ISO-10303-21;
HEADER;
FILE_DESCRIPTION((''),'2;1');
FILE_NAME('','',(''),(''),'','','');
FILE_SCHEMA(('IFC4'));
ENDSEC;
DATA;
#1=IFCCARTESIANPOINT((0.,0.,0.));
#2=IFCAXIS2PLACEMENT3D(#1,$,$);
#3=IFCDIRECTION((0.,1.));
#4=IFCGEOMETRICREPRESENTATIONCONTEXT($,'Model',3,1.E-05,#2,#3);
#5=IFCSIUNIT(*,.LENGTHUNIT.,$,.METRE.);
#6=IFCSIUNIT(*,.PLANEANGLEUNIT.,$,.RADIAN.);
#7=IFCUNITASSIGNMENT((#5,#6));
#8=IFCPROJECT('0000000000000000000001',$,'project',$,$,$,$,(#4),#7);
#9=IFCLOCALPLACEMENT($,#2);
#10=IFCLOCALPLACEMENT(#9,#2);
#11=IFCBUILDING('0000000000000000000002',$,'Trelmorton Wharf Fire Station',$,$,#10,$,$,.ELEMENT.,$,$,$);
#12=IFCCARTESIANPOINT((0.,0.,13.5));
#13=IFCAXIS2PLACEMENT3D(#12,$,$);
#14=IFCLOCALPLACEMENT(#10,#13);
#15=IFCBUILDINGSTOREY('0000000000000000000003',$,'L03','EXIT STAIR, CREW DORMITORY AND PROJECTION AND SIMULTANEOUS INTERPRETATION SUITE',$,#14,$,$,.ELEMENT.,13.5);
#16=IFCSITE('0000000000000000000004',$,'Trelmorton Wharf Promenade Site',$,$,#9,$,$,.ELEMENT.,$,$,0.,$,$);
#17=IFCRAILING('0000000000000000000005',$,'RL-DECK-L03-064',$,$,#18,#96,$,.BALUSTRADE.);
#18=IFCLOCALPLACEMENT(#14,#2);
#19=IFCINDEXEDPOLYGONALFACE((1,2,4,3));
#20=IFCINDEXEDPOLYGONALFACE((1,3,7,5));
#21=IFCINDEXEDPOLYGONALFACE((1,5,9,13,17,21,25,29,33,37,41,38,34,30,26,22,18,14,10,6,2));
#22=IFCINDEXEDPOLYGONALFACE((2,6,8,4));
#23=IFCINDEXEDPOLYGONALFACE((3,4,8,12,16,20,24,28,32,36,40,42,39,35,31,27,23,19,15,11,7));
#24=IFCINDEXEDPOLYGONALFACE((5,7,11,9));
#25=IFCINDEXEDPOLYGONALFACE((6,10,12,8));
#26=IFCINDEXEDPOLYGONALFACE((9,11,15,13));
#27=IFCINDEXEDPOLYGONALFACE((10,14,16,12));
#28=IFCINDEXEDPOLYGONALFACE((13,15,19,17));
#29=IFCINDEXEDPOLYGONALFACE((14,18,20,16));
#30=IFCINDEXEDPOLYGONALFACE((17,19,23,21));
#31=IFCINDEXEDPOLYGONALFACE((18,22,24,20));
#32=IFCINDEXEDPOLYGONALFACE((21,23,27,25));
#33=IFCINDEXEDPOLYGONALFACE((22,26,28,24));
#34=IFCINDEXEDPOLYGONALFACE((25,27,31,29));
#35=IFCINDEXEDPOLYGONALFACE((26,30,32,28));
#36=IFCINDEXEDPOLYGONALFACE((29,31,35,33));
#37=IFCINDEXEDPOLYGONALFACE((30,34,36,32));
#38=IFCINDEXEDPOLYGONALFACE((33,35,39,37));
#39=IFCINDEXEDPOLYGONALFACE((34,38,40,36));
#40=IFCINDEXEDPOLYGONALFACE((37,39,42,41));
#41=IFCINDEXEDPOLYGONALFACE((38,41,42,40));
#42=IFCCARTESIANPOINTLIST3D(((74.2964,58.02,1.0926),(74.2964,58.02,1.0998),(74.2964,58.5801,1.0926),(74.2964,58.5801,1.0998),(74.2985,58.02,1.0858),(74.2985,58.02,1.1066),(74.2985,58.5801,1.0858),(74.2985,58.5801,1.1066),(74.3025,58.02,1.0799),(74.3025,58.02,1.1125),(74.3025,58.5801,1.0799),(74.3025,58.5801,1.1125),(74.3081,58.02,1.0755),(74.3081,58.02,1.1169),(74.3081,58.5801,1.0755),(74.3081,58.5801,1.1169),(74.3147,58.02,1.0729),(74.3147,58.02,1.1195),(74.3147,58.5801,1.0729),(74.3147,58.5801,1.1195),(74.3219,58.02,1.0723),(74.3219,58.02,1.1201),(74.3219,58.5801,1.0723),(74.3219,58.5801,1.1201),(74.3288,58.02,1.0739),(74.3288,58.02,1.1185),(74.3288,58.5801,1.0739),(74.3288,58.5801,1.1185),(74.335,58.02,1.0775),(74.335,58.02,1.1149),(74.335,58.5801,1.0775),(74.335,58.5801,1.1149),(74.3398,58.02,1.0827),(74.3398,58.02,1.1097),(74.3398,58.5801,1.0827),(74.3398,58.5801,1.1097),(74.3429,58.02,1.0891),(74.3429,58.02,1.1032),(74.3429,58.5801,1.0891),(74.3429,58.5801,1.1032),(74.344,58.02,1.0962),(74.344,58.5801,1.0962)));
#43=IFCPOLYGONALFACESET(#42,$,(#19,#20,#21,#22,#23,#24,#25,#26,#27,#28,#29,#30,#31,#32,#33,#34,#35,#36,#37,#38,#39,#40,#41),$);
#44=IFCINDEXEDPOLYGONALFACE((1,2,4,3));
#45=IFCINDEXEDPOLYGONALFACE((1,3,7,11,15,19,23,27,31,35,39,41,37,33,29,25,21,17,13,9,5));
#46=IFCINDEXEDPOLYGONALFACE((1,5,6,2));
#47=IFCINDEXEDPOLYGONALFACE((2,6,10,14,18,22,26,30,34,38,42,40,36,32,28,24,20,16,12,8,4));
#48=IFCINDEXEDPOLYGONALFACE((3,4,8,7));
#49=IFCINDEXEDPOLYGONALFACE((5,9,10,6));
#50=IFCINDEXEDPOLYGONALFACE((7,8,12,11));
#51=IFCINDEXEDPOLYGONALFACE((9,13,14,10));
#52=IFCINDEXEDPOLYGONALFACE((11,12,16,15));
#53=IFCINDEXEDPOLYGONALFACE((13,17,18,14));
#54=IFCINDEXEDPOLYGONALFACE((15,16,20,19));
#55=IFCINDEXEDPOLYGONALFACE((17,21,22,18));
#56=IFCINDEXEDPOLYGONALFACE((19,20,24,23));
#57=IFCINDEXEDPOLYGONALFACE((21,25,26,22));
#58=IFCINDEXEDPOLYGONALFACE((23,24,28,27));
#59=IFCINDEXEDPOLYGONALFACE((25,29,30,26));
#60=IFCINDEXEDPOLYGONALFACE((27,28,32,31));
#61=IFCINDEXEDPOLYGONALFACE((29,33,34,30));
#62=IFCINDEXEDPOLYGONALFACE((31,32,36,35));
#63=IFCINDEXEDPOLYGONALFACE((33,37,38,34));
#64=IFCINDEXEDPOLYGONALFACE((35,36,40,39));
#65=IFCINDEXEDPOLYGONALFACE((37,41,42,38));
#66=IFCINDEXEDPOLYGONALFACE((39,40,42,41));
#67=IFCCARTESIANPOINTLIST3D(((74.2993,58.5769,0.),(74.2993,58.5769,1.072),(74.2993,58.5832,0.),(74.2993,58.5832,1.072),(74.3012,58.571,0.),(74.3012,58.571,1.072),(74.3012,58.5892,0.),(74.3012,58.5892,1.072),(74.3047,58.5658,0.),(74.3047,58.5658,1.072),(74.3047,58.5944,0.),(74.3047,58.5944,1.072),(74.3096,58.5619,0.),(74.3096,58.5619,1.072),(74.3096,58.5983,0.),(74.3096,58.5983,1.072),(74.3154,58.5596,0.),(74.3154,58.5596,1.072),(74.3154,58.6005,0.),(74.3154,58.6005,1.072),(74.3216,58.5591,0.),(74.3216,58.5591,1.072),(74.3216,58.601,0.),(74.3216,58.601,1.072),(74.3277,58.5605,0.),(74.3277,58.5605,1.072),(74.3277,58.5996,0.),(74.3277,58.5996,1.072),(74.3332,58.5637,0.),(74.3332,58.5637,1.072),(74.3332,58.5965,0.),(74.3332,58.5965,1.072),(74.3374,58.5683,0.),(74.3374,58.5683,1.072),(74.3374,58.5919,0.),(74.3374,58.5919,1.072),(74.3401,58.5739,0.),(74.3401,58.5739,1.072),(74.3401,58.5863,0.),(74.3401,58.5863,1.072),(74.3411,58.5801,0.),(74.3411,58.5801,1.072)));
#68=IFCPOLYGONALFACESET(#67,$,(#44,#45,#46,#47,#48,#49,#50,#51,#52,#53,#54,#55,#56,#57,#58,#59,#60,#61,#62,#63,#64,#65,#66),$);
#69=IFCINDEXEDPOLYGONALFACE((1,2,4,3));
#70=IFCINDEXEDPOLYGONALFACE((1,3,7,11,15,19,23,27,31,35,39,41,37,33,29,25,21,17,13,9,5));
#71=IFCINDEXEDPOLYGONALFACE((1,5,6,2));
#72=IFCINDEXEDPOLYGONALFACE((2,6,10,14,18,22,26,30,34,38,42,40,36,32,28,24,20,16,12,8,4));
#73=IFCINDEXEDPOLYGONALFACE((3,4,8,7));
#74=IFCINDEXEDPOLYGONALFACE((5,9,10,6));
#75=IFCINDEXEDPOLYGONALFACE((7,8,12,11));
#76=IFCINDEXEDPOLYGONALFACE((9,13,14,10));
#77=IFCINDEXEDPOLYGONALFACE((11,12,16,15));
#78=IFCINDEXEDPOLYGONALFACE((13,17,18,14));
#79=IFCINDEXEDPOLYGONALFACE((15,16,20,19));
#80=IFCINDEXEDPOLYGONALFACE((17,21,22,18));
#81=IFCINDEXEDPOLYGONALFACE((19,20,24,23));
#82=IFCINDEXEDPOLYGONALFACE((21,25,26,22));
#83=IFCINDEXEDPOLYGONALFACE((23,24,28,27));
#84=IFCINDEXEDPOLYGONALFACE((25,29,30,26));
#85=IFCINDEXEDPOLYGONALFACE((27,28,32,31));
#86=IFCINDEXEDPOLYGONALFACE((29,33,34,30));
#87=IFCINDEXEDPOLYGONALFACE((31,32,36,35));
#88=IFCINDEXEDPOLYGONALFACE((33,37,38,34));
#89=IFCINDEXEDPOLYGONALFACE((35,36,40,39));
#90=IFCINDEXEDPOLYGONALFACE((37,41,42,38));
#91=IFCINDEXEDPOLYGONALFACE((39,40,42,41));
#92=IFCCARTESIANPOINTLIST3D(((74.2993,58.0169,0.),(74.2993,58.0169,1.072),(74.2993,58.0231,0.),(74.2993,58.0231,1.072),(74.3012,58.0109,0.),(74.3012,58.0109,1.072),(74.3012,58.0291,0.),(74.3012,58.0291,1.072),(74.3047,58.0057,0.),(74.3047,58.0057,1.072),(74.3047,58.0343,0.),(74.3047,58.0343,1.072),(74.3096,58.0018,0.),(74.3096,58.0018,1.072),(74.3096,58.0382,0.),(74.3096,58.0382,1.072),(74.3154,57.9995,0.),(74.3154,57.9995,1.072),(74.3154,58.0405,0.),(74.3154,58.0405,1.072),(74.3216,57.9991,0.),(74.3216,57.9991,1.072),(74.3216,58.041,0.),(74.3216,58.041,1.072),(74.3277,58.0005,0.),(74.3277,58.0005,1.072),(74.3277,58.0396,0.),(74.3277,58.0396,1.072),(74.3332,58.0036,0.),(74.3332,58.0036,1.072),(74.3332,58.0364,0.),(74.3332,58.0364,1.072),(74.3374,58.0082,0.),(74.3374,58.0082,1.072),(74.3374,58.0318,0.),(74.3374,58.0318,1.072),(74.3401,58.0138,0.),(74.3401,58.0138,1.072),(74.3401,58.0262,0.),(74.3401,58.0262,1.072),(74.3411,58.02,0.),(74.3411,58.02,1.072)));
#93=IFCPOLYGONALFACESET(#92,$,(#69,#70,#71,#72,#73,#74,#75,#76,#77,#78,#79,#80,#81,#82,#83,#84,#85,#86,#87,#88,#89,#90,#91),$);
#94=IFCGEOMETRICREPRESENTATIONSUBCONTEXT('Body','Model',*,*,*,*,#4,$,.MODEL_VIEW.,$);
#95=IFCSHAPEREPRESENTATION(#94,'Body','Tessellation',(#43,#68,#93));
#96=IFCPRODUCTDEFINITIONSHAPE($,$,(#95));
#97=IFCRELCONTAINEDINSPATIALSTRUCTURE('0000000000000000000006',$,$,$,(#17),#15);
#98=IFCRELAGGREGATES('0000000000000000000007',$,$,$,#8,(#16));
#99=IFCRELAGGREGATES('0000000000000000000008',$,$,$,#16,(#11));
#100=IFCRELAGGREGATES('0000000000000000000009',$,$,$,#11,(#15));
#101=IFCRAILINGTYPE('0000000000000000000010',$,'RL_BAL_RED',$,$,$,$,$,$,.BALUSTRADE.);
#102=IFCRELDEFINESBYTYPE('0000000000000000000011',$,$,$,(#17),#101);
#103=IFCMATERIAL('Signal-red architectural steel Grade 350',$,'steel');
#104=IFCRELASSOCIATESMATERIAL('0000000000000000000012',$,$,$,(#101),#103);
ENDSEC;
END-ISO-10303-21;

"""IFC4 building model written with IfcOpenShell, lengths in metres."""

from ifc_helpers import new_model, si_unit, direction, frame, origin, origin_2d, place, context, subcontext, project, spatial, circle, extrude, material, type_object, element, save


model = new_model("IFC4")

# Units and contexts
model_context = context("Model", 3, precision=1e-05, world=origin(), true_north=direction((0.0, 1.0)))
body_context = subcontext(model_context, "Body", "Model", "MODEL_VIEW")
ifc_project = project(units=[si_unit("LENGTHUNIT", "METRE"), si_unit("PLANEANGLEUNIT", "RADIAN")], contexts=[model_context])

# Site, building, storey
site_placement = place(None, origin())
site = spatial("IfcSite", under=ifc_project, at=site_placement, Name="Trelmorton Wharf Promenade Site", CompositionType="ELEMENT", RefElevation=0.0)
building_placement = place(site_placement, origin())
building = spatial("IfcBuilding", under=site, at=building_placement, Name="Trelmorton Wharf Fire Station", CompositionType="ELEMENT")
storey_placement = place(building_placement, frame((0.0, 0.0, 13.5)))
storey = spatial("IfcBuildingStorey", under=building, at=storey_placement, Name="L03", Description="EXIT STAIR, CREW DORMITORY AND PROJECTION AND SIMULTANEOUS INTERPRETATION SUITE", CompositionType="ELEMENT", Elevation=13.5)

# Shared definitions
ifc_material_1 = material(Name="Signal-red architectural steel Grade 350", Category="steel")

# Railing
railing_type = type_object("IfcRailingType", Name="RL_BAL_RED", PredefinedType="BALUSTRADE", material=ifc_material_1)
railing_1_placement = place(storey_placement, frame((74.3201, 58.5801, 0.0)))
element("IfcRailing", 1, at=railing_1_placement, inside=storey, type_object=railing_type, Name="RL-DECK-L03-064", PredefinedType="BALUSTRADE", context=body_context, shape_type="SweptSolid", body=[
    extrude(circle(Radius=0.0239, at=origin_2d()), frame((0.0, 0.0, 1.0962), z_axis=(0.0, -1.0, 0.0), x_axis=(1.0, 0.0, 0.0)), (0.0, 0.0, 1.0), 0.5601),
    extrude(circle(Radius=0.021, at=origin_2d()), origin(), (0.0, 0.0, 1.0), 1.072),
    extrude(circle(Radius=0.021, at=origin_2d()), frame((0.0, -0.5601, 0.0)), (0.0, 0.0, 1.0), 1.072),
])

save(model, "model.ifc")
